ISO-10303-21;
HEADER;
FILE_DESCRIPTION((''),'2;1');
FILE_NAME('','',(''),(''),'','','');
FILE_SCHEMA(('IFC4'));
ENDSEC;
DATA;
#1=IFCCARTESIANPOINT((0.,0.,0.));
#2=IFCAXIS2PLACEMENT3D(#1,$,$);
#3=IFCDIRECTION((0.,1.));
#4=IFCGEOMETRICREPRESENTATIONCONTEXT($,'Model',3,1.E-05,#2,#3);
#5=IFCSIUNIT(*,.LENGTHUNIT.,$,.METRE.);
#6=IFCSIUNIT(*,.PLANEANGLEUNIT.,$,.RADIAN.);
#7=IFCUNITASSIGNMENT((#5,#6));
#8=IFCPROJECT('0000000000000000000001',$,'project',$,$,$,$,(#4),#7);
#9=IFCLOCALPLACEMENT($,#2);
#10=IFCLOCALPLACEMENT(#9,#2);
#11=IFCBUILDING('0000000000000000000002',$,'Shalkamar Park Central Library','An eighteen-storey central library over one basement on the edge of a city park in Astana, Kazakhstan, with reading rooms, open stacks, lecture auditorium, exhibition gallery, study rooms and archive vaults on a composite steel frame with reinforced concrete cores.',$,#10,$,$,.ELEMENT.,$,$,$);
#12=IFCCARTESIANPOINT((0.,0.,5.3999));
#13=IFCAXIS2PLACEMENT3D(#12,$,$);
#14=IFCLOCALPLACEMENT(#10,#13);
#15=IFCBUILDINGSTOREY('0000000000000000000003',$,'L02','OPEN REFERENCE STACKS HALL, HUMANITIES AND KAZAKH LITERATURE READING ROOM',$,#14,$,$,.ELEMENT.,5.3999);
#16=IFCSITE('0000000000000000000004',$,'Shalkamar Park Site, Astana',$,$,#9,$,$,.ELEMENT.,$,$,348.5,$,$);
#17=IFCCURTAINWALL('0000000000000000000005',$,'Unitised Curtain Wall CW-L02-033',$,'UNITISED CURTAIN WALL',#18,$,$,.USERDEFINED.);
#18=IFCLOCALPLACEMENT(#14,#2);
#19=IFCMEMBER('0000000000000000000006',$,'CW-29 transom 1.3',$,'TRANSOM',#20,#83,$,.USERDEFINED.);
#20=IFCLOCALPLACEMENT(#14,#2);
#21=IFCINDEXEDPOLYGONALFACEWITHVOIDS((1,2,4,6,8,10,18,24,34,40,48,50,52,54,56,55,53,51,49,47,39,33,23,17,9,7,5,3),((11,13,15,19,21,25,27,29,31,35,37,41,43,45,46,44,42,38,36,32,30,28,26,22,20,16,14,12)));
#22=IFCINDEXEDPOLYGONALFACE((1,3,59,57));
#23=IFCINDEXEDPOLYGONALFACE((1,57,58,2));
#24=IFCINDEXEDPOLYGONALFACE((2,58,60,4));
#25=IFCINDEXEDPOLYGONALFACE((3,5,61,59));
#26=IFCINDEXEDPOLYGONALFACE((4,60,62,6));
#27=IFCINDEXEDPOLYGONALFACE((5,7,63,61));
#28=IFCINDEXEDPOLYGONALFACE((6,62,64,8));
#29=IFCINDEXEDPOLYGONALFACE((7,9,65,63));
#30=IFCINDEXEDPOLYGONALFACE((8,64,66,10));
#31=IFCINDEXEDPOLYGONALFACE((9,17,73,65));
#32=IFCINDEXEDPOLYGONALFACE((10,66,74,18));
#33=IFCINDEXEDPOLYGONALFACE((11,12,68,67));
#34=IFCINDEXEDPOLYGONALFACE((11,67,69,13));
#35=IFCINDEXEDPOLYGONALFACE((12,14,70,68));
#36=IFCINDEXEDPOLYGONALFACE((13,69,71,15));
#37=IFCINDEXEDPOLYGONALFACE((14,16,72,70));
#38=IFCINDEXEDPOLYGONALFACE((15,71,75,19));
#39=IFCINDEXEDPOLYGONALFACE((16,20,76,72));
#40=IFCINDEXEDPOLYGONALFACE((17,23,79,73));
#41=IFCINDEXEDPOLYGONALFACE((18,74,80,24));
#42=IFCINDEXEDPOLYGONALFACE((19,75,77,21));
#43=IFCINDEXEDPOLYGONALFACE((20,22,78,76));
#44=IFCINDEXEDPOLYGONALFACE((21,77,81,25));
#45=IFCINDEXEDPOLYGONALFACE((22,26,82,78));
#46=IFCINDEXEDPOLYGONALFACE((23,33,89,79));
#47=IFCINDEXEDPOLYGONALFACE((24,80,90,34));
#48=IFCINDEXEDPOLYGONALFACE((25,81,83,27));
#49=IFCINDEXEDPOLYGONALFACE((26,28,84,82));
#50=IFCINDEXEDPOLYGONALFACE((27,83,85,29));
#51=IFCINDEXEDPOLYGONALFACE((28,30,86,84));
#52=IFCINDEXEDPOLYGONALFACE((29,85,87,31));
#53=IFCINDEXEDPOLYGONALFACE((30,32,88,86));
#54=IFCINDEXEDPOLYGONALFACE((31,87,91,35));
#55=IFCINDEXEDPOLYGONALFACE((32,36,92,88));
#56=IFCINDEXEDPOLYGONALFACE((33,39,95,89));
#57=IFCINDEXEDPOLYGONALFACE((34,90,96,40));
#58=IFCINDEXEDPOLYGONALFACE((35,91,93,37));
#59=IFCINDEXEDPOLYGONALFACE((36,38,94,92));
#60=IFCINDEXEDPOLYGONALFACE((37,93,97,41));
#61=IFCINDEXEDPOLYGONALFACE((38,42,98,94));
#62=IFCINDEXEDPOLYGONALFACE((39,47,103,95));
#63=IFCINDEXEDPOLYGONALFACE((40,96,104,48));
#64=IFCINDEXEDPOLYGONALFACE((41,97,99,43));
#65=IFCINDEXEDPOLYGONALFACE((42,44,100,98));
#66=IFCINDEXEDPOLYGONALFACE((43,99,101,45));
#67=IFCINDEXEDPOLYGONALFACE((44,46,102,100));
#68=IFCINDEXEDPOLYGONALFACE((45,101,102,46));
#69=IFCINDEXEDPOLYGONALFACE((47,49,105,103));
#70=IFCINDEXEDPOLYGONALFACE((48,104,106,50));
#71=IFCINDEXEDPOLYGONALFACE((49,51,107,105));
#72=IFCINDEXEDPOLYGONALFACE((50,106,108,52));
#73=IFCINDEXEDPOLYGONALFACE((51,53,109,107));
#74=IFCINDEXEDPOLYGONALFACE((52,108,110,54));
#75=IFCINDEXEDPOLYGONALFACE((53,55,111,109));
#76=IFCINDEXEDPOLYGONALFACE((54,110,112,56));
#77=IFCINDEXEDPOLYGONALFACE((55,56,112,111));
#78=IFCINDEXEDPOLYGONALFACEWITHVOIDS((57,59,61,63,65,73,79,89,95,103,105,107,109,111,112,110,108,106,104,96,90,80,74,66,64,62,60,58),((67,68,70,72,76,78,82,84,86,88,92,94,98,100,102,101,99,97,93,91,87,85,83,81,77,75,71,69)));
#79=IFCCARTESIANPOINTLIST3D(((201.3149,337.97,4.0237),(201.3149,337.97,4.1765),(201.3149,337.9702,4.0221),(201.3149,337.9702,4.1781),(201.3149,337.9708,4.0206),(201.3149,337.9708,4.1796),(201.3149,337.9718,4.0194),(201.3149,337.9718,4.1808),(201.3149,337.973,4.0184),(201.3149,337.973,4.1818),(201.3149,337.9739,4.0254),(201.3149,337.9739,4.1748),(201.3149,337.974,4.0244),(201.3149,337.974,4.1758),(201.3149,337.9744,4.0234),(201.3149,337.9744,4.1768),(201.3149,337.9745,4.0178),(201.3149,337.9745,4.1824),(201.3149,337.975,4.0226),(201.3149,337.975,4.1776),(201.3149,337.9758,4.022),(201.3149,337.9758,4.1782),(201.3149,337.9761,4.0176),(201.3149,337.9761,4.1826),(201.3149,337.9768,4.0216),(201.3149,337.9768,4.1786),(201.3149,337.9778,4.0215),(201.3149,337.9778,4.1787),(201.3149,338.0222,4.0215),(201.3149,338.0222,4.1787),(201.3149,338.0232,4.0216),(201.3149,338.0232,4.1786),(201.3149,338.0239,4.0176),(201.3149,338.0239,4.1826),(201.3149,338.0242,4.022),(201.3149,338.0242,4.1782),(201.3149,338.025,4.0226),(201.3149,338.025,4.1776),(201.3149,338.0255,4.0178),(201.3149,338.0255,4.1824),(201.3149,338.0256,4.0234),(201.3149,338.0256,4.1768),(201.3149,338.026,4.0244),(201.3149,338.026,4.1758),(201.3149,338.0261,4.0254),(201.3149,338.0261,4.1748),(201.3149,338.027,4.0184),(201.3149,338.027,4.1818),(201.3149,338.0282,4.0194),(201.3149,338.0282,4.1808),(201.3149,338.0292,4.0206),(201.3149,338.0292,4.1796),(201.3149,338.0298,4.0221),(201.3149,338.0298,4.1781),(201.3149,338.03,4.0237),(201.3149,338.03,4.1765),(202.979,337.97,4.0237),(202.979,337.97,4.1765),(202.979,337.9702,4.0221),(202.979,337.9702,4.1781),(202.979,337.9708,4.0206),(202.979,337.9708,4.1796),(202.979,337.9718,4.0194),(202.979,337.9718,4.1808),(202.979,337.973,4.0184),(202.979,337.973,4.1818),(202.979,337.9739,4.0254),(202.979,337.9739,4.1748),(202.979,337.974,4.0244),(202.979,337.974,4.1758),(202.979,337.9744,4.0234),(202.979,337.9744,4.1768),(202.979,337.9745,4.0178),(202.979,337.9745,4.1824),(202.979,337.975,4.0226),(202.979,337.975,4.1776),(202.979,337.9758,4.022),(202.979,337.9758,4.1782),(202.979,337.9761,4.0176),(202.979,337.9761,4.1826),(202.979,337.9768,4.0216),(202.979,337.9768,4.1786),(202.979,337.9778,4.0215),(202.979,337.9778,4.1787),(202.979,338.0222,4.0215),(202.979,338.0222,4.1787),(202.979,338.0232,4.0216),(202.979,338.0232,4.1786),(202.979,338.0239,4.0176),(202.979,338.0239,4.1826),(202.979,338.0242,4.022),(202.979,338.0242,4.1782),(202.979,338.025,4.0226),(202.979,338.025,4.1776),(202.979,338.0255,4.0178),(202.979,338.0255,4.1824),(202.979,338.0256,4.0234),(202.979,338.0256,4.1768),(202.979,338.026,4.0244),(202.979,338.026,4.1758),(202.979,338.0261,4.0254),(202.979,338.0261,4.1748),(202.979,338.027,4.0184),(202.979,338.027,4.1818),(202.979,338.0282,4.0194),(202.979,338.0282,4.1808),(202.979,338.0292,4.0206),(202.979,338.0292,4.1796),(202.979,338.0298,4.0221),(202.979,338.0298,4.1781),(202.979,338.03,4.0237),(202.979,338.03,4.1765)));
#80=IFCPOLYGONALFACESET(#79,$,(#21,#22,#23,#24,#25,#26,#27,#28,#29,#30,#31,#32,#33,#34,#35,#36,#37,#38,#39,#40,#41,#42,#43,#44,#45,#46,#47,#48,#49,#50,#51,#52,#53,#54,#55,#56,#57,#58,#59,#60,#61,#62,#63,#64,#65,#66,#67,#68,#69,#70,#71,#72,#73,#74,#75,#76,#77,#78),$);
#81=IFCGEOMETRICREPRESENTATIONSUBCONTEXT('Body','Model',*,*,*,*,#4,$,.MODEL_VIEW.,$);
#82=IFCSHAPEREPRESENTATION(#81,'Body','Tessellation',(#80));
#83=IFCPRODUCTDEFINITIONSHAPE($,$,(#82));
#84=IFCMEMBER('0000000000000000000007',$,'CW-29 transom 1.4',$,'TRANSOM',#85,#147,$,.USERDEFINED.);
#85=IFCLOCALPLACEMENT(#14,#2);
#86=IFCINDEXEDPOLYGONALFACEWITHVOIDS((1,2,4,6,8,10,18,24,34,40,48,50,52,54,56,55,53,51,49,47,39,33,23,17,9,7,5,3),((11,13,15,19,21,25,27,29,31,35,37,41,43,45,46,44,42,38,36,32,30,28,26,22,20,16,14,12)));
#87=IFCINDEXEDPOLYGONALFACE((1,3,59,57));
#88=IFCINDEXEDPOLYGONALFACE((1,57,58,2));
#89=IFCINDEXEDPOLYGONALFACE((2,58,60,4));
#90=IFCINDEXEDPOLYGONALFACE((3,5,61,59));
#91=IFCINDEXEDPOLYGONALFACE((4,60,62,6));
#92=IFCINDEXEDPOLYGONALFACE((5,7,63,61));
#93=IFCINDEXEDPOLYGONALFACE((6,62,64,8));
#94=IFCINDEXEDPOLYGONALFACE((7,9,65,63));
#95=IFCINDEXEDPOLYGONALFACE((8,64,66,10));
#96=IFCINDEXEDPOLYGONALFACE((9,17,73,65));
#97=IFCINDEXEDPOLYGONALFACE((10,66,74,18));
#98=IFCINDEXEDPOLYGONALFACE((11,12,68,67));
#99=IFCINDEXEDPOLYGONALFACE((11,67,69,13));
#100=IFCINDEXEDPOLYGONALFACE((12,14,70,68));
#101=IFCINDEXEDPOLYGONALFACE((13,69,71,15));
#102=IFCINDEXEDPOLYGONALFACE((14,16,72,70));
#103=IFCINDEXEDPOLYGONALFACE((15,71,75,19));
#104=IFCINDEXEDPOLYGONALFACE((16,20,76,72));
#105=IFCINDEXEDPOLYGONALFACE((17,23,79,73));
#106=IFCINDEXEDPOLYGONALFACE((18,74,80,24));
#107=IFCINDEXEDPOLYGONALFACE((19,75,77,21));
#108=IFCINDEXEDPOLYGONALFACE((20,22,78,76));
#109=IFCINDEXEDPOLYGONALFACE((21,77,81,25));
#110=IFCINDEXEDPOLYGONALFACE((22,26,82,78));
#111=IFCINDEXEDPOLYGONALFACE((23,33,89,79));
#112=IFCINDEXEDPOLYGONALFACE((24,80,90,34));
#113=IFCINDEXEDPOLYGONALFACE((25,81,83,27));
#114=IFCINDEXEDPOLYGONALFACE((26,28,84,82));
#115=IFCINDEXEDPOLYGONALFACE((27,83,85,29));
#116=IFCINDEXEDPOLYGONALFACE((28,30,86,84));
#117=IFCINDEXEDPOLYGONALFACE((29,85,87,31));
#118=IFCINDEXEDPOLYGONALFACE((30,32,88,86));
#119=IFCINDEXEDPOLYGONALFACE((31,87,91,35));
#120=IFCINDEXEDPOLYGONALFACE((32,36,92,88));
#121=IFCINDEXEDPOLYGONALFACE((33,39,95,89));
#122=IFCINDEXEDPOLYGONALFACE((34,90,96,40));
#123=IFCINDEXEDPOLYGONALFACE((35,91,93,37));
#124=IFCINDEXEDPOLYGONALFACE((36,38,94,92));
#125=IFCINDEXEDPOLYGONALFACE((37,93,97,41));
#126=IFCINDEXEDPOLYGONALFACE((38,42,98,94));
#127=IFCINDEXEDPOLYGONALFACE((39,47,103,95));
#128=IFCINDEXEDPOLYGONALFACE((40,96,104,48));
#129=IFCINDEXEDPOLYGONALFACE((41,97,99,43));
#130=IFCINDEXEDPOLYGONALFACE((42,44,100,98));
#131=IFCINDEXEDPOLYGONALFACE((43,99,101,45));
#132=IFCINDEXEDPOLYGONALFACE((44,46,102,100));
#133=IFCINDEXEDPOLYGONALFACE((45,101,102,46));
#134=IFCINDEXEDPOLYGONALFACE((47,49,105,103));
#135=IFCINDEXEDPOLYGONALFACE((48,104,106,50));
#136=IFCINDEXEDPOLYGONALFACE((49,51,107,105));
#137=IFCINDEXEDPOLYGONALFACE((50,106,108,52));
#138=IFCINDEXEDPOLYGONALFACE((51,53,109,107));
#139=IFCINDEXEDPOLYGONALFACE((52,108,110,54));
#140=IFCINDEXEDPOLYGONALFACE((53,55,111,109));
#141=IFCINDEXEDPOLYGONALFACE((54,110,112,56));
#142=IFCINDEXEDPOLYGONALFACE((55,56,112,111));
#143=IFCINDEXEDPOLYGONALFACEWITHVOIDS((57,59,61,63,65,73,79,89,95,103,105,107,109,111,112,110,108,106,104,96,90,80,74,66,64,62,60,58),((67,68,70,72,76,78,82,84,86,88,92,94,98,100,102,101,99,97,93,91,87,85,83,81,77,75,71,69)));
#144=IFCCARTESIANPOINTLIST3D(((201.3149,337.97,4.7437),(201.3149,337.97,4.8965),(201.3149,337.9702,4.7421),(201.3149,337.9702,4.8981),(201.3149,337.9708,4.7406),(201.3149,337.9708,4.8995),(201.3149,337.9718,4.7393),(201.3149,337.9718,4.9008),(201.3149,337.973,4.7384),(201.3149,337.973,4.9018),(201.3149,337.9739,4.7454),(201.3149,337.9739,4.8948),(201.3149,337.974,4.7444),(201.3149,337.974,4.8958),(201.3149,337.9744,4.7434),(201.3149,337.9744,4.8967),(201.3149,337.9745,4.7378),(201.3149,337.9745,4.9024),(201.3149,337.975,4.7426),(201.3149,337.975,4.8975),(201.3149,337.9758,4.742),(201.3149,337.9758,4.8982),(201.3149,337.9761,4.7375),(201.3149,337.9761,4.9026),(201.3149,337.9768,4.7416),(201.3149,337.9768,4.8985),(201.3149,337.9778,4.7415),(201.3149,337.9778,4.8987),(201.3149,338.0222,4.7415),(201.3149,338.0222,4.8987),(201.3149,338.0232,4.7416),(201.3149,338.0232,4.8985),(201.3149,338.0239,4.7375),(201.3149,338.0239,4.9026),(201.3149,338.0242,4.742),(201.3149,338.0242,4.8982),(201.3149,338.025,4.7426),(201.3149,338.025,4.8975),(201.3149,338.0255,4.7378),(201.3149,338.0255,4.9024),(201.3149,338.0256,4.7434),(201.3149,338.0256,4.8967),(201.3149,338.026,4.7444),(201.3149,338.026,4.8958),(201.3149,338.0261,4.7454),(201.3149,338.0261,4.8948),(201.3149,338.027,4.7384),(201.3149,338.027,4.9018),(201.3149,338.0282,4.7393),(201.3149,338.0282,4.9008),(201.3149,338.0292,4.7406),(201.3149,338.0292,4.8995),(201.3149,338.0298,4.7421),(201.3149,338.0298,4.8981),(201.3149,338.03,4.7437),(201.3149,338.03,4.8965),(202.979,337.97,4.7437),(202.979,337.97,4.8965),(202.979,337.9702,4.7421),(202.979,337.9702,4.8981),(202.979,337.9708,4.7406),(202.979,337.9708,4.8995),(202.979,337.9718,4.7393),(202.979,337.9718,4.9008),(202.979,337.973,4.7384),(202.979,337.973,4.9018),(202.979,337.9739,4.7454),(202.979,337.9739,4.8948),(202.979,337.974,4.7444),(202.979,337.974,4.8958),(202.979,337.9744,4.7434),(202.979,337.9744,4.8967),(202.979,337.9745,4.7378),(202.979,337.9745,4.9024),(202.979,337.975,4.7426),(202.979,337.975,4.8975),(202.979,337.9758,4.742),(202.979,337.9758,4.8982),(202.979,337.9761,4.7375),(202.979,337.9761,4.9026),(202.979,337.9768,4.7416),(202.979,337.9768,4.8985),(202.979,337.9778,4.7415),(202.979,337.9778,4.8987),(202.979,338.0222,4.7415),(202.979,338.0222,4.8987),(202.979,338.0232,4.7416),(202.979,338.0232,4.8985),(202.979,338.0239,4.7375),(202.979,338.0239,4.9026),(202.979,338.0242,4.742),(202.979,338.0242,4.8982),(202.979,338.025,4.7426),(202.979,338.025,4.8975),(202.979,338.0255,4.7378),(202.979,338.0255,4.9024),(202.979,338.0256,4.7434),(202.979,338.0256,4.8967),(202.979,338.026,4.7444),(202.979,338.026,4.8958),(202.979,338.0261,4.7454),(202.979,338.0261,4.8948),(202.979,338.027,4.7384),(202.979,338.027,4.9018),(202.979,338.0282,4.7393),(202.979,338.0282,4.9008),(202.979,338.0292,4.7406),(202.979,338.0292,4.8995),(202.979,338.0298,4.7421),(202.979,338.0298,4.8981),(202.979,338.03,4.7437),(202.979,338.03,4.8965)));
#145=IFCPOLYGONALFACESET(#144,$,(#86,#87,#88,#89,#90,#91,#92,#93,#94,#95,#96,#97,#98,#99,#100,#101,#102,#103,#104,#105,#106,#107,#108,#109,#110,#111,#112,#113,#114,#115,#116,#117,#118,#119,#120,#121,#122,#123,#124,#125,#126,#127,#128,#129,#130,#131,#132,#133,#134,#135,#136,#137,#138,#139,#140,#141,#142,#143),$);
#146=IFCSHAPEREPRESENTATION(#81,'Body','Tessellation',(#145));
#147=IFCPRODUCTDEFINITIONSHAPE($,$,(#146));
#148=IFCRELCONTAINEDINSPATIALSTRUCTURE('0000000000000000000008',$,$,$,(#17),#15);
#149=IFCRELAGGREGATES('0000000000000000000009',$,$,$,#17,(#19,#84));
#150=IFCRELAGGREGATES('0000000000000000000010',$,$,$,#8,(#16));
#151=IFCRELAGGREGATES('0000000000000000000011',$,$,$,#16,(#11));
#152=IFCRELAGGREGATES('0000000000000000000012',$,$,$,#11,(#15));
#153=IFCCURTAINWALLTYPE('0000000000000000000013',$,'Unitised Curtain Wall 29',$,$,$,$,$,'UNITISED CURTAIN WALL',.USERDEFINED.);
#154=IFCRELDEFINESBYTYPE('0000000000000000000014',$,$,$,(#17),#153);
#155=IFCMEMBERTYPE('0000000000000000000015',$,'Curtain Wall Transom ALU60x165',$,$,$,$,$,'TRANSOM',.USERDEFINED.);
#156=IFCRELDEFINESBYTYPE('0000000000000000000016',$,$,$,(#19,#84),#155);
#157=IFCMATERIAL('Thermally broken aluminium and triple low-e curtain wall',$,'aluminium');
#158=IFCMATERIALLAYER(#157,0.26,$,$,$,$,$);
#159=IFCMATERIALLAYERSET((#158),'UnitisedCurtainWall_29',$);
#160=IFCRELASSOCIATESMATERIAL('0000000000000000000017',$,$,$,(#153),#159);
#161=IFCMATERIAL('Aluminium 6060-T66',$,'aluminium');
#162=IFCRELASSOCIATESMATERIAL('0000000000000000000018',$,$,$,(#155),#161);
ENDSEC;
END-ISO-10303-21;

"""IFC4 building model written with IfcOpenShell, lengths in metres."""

from ifc_helpers import new_model, si_unit, direction, frame, origin, origin_2d, place, context, subcontext, project, spatial, hollow_rectangle, extrude, material, layer, layer_set, material_profile, profile_set, type_object, element, aggregate, save


model = new_model("IFC4")

# Units and contexts
model_context = context("Model", 3, precision=1e-05, world=origin(), true_north=direction((0.0, 1.0)))
body_context = subcontext(model_context, "Body", "Model", "MODEL_VIEW")
ifc_project = project(units=[si_unit("LENGTHUNIT", "METRE"), si_unit("PLANEANGLEUNIT", "RADIAN")], contexts=[model_context])

# Site, building, storey
site_placement = place(None, origin())
site = spatial("IfcSite", under=ifc_project, at=site_placement, Name="Shalkamar Park Site, Astana", CompositionType="ELEMENT", RefElevation=348.5)
building_placement = place(site_placement, origin())
building = spatial("IfcBuilding", under=site, at=building_placement, Name="Shalkamar Park Central Library", Description="An eighteen-storey central library over one basement on the edge of a city park in Astana, Kazakhstan, with reading rooms, open stacks, lecture auditorium, exhibition gallery, study rooms and archive vaults on a composite steel frame with reinforced concrete cores.", CompositionType="ELEMENT")
storey_placement = place(building_placement, frame((0.0, 0.0, 5.3999)))
storey = spatial("IfcBuildingStorey", under=building, at=storey_placement, Name="L02", Description="OPEN REFERENCE STACKS HALL, HUMANITIES AND KAZAKH LITERATURE READING ROOM", CompositionType="ELEMENT", Elevation=5.3999)

# Curtain wall
ifc_material_1 = material(Name="Thermally broken aluminium and triple low-e curtain wall", Category="aluminium")
ifc_material_2 = material(Name="Aluminium 6060-T66", Category="aluminium")
ifc_layer_1 = layer(ifc_material_1, 0.26)
ifc_layer_set_1 = layer_set([ifc_layer_1], Name="UnitisedCurtainWall_29")
curtain_wall_type_1 = type_object("IfcCurtainWallType", Name="Unitised Curtain Wall 29", ElementType="UNITISED CURTAIN WALL", PredefinedType="USERDEFINED", material=ifc_layer_set_1)
curtain_wall_1_placement = place(storey_placement, origin())
curtain_wall_1 = element("IfcCurtainWall", 1, at=curtain_wall_1_placement, inside=storey, type_object=curtain_wall_type_1, Name="Unitised Curtain Wall CW-L02-033", ObjectType="UNITISED CURTAIN WALL", PredefinedType="USERDEFINED")

# Members
ifc_material_profile_1 = material_profile(ifc_material_2, hollow_rectangle(XDim=0.0601, YDim=0.165, WallThickness=0.0039, InnerFilletRadius=0.0039, OuterFilletRadius=0.0061, at=origin_2d()), Name="ALU 60x165x4")
ifc_profile_set_1 = profile_set([ifc_material_profile_1], Name="Aluminium 6060-T66")
member_type_1 = type_object("IfcMemberType", Name="Curtain Wall Transom ALU60x165", ElementType="TRANSOM", PredefinedType="USERDEFINED", material=ifc_profile_set_1)
member_1_placement = place(storey_placement, frame((201.3149, 338.0, 4.1001), z_axis=(1.0, 0.0, 0.0), x_axis=(0.0, 1.0, 0.0)))
member_1 = element("IfcMember", 2, at=member_1_placement, type_object=member_type_1, Name="CW-29 transom 1.3", ObjectType="TRANSOM", PredefinedType="USERDEFINED", context=body_context, shape_type="SweptSolid", body=[
    extrude(hollow_rectangle(XDim=0.0601, YDim=0.165, WallThickness=0.0039, InnerFilletRadius=0.0039, OuterFilletRadius=0.0061, at=origin_2d()), origin(), (0.0, 0.0, 1.0), 1.6641),
])
member_2_placement = place(storey_placement, frame((201.3149, 338.0, 4.8201), z_axis=(1.0, 0.0, 0.0), x_axis=(0.0, 1.0, 0.0)))
member_2 = element("IfcMember", 3, at=member_2_placement, type_object=member_type_1, Name="CW-29 transom 1.4", ObjectType="TRANSOM", PredefinedType="USERDEFINED", context=body_context, shape_type="SweptSolid", body=[
    extrude(hollow_rectangle(XDim=0.0601, YDim=0.165, WallThickness=0.0039, InnerFilletRadius=0.0039, OuterFilletRadius=0.0061, at=origin_2d()), origin(), (0.0, 0.0, 1.0), 1.6641),
])

aggregate(curtain_wall_1, [member_1, member_2])

save(model, "model.ifc")
